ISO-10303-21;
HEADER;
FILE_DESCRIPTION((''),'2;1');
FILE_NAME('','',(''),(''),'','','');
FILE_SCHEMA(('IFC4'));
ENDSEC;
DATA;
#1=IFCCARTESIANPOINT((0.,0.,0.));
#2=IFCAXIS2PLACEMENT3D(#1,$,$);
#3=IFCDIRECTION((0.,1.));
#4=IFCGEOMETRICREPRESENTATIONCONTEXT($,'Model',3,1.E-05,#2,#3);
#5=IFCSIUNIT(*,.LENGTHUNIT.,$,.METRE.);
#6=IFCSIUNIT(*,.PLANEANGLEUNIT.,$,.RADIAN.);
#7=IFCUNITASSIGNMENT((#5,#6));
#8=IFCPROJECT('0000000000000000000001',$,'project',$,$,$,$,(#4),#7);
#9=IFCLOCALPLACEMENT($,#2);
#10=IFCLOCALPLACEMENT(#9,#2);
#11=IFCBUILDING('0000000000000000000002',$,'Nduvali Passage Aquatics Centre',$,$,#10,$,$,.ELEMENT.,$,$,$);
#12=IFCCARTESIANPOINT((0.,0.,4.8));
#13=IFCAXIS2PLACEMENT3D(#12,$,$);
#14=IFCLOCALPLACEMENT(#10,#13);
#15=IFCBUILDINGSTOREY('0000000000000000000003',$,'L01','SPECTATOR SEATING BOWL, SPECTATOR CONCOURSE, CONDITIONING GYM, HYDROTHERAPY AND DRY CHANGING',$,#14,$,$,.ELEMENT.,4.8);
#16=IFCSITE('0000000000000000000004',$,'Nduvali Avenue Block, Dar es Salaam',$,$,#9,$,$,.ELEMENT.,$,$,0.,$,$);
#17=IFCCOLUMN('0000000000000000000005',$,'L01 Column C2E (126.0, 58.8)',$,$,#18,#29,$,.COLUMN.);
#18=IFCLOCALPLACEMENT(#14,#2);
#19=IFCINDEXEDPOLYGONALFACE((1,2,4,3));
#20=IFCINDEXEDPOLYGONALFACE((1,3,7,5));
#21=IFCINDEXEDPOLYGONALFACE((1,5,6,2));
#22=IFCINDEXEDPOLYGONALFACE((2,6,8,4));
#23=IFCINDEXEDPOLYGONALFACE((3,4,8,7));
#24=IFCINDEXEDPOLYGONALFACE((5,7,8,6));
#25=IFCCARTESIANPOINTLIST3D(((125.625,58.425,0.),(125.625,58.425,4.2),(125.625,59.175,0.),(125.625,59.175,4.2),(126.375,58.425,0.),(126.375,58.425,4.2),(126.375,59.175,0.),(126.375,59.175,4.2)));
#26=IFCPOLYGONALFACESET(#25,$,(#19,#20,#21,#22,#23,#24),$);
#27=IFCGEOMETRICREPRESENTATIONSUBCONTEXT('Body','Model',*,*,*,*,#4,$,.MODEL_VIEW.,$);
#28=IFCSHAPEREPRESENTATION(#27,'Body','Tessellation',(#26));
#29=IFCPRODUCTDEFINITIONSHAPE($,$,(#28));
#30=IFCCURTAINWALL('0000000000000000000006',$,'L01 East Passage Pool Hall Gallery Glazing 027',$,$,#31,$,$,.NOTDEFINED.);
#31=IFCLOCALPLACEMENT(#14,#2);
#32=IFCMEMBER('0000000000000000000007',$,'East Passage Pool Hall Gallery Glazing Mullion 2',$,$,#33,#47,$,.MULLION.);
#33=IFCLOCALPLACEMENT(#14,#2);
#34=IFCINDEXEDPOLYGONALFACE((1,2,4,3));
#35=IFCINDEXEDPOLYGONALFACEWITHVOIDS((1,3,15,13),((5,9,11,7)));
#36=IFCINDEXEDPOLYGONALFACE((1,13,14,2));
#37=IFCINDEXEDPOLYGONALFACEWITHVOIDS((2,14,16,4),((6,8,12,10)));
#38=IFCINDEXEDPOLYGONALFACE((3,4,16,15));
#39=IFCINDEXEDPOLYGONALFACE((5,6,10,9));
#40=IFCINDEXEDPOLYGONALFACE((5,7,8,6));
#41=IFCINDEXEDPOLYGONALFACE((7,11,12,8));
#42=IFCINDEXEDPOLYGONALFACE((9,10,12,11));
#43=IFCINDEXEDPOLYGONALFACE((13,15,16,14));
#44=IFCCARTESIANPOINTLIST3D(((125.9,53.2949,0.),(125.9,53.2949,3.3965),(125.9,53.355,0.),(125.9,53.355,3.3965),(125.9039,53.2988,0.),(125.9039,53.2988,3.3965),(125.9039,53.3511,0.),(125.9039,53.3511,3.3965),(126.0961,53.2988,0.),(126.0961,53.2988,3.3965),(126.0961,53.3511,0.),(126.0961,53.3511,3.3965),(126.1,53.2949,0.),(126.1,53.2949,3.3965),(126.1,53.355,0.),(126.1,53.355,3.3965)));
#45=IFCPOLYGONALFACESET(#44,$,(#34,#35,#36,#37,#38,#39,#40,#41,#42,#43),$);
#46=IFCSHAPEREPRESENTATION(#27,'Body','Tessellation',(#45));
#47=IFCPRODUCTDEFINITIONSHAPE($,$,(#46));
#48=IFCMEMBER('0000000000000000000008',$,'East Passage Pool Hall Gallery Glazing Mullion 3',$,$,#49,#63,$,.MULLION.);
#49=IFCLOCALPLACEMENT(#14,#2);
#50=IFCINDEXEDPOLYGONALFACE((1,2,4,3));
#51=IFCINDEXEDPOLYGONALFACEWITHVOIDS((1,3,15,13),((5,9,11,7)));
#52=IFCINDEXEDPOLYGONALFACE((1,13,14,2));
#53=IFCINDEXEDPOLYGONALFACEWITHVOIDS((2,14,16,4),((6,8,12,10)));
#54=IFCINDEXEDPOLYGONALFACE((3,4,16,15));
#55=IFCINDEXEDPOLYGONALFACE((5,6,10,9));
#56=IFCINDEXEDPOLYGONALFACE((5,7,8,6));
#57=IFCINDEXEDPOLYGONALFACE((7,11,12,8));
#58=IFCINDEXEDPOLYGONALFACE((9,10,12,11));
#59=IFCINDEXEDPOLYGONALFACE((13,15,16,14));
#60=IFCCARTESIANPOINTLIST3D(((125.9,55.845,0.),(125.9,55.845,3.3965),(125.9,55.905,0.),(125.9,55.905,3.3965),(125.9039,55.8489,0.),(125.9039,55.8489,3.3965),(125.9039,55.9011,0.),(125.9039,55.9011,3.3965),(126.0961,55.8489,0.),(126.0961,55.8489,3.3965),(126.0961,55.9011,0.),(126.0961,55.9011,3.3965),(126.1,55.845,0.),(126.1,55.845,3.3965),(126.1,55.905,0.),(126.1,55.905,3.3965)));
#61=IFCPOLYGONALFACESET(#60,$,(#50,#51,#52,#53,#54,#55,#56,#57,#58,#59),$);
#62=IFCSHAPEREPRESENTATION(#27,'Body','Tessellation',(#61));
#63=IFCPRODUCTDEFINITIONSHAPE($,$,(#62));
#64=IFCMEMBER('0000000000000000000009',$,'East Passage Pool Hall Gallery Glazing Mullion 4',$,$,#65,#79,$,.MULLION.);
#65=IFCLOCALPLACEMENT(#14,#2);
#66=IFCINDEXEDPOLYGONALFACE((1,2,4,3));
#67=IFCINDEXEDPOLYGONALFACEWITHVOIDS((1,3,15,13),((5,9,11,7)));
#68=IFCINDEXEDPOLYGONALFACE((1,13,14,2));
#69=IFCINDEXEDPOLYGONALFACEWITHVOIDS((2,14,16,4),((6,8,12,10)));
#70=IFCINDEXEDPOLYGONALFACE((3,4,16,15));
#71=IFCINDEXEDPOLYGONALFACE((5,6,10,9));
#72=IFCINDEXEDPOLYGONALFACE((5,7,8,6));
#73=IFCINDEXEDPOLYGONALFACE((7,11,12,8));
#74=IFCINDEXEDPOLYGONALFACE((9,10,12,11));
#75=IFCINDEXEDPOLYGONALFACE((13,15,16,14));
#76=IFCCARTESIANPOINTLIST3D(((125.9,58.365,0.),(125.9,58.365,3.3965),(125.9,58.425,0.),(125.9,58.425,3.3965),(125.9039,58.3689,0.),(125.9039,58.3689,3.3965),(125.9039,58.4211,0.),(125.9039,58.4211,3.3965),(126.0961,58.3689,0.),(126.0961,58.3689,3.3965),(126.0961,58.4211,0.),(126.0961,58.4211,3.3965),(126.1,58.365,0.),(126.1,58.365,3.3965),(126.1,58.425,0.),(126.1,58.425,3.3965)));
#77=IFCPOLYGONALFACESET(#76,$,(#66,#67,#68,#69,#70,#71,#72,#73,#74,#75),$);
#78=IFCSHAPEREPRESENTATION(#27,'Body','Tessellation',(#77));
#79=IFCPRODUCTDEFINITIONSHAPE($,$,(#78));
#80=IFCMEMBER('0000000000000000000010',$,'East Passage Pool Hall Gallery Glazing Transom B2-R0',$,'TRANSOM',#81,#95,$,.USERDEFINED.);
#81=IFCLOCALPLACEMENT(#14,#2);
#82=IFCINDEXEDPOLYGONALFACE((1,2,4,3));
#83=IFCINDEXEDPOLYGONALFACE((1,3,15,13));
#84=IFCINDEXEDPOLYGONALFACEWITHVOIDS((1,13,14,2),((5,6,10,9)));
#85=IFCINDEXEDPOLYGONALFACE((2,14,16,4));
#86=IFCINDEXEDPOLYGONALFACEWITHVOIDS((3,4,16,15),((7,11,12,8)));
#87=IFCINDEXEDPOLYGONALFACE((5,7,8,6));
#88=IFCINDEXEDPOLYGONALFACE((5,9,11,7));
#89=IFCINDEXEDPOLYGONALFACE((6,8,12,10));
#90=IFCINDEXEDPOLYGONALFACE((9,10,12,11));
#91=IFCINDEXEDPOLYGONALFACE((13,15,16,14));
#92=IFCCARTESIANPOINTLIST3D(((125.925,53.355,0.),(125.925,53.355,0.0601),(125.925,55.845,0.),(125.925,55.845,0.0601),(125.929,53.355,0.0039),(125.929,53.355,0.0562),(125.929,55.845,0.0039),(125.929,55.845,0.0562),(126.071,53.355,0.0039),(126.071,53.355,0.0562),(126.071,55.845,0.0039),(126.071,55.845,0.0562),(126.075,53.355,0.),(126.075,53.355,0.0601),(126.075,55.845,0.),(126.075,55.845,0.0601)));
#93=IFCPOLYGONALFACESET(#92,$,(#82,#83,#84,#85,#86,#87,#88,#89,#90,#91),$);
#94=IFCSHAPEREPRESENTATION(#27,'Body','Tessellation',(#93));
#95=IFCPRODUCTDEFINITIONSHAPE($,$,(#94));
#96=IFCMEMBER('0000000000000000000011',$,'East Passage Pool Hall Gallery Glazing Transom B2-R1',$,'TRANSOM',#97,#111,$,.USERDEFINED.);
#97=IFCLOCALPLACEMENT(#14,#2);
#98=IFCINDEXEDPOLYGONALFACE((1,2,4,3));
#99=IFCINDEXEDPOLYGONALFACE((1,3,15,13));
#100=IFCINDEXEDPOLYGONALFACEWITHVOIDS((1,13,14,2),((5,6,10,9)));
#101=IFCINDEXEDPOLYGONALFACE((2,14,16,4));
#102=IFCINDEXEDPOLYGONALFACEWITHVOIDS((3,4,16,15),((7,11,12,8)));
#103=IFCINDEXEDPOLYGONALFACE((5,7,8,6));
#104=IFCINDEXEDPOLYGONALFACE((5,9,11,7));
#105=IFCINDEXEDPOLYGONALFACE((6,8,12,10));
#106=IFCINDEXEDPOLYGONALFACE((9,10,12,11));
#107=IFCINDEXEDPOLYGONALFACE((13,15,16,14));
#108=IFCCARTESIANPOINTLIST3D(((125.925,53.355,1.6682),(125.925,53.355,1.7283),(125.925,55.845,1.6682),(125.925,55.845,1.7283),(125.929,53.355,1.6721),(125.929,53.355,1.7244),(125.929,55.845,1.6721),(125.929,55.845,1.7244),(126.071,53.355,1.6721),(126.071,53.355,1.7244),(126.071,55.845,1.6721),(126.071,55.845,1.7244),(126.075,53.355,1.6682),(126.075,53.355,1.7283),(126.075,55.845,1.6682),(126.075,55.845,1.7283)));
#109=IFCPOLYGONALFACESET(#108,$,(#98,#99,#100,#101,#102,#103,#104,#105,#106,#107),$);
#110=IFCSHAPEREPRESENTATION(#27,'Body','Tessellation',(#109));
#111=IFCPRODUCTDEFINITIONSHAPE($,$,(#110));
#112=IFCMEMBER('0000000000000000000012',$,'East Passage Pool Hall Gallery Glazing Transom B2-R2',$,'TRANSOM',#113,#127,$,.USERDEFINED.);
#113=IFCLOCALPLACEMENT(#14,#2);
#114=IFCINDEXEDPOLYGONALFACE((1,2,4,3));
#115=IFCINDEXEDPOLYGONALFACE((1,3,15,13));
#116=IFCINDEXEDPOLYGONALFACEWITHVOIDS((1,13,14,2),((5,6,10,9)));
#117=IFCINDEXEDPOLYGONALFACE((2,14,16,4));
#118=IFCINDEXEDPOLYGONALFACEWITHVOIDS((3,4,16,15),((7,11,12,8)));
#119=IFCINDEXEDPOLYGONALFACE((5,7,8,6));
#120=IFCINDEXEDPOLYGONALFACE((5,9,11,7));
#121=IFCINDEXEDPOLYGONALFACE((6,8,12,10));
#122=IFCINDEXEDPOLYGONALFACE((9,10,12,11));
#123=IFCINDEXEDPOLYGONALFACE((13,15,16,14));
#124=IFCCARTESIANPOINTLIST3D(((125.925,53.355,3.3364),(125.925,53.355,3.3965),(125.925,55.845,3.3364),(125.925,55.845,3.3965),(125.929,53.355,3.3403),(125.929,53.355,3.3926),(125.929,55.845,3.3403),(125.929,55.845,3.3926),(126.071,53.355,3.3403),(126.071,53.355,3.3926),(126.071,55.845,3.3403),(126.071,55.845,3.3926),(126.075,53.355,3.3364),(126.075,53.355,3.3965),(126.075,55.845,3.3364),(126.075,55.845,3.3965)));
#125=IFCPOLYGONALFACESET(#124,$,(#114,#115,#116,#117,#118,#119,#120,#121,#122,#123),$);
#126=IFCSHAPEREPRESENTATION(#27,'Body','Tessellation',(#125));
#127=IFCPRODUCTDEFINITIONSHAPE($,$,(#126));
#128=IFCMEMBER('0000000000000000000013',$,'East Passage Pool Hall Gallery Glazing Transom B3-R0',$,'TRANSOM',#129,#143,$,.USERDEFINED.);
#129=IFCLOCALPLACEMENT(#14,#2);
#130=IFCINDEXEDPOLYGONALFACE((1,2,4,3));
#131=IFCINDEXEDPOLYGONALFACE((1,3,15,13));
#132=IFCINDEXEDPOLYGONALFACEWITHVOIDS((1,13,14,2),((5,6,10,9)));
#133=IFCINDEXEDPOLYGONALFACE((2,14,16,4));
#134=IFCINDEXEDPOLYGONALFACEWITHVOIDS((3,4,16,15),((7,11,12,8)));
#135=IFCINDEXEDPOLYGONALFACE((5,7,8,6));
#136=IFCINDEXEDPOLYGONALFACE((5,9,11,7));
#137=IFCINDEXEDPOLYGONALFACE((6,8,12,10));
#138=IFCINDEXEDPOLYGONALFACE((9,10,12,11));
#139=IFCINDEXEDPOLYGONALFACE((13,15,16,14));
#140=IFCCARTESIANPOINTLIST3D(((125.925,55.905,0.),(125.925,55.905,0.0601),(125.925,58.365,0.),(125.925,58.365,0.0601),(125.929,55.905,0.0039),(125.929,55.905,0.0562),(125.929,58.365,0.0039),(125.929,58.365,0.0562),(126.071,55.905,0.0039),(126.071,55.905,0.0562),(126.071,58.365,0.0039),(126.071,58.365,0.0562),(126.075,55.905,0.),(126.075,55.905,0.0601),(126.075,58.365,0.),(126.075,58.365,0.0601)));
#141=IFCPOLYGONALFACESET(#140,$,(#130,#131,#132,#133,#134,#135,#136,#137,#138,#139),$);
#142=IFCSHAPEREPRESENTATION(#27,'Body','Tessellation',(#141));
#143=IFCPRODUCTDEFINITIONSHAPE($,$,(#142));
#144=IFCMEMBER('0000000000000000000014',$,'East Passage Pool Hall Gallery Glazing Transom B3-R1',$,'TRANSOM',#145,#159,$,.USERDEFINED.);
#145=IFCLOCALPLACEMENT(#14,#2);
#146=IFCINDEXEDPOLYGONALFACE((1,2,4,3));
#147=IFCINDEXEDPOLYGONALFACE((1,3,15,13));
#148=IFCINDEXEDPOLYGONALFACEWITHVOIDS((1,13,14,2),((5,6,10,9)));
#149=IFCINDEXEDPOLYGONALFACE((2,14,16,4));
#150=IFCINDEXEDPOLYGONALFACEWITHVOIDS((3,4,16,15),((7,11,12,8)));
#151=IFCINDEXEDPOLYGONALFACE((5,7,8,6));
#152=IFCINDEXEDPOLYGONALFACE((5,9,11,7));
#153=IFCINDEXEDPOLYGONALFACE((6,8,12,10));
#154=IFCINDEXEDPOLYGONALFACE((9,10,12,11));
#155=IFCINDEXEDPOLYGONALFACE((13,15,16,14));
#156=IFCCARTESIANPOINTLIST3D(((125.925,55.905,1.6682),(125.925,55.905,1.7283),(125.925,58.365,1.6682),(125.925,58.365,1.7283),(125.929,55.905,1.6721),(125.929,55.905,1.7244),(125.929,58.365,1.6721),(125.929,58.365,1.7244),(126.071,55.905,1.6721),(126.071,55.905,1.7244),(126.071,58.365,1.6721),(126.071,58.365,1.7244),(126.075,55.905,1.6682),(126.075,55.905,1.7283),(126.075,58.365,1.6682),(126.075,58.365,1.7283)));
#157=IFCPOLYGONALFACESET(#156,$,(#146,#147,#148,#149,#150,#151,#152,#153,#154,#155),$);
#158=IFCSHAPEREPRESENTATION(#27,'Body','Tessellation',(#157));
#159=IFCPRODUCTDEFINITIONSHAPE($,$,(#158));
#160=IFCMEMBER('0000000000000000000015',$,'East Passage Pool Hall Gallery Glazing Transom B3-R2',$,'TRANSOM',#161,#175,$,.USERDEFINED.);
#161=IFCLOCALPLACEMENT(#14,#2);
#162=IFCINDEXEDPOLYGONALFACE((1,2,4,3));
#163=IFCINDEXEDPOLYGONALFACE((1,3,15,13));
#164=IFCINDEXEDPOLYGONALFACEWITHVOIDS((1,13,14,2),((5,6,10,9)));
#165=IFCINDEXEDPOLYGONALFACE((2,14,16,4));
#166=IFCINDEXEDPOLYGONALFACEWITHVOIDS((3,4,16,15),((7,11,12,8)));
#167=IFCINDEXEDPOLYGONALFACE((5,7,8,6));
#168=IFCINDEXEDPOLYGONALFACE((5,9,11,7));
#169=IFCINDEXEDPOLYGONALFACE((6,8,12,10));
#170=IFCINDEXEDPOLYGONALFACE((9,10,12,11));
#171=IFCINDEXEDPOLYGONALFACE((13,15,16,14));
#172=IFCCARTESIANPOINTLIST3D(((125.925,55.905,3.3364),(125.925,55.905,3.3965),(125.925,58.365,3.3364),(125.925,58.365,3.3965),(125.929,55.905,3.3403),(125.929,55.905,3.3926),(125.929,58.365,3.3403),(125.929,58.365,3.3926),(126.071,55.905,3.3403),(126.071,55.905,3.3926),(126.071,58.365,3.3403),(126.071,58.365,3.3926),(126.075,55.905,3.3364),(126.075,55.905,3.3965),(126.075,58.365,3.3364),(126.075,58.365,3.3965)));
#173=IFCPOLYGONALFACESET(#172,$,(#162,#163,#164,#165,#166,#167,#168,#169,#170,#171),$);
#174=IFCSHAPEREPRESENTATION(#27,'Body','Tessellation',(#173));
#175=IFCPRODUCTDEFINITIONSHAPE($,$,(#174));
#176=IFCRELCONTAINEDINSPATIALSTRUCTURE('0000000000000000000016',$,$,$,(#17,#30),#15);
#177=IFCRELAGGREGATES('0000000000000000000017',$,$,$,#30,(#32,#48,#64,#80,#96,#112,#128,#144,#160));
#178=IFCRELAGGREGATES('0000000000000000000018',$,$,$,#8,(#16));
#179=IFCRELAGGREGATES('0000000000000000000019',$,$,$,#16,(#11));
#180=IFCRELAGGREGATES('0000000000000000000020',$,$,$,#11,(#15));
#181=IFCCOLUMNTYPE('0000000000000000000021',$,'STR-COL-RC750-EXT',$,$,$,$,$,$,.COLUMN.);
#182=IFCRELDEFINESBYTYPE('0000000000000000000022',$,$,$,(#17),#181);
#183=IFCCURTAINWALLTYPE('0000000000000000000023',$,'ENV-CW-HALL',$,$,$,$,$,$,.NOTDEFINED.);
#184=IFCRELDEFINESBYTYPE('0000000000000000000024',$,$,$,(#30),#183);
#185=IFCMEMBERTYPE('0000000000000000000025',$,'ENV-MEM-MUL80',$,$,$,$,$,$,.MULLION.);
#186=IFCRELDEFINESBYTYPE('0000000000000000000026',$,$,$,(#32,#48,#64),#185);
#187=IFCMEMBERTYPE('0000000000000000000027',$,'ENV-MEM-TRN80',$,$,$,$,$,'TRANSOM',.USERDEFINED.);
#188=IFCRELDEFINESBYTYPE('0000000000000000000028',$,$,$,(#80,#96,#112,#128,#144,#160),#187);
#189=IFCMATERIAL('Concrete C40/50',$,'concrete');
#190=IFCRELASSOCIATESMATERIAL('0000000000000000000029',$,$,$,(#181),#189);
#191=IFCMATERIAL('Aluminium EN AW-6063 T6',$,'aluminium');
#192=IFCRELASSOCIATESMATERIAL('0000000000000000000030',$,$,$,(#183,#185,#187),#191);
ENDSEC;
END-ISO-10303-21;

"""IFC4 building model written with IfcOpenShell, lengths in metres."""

from ifc_helpers import new_model, si_unit, direction, frame, origin, origin_2d, place, context, subcontext, project, spatial, rectangle, hollow_rectangle, extrude, material, material_profile, profile_set, type_object, element, aggregate, save


model = new_model("IFC4")

# Units and contexts
model_context = context("Model", 3, precision=1e-05, world=origin(), true_north=direction((0.0, 1.0)))
body_context = subcontext(model_context, "Body", "Model", "MODEL_VIEW")
ifc_project = project(units=[si_unit("LENGTHUNIT", "METRE"), si_unit("PLANEANGLEUNIT", "RADIAN")], contexts=[model_context])

# Site, building, storey
site_placement = place(None, origin())
site = spatial("IfcSite", under=ifc_project, at=site_placement, Name="Nduvali Avenue Block, Dar es Salaam", CompositionType="ELEMENT", RefElevation=0.0)
building_placement = place(site_placement, origin())
building = spatial("IfcBuilding", under=site, at=building_placement, Name="Nduvali Passage Aquatics Centre", CompositionType="ELEMENT")
storey_placement = place(building_placement, frame((0.0, 0.0, 4.8)))
storey = spatial("IfcBuildingStorey", under=building, at=storey_placement, Name="L01", Description="SPECTATOR SEATING BOWL, SPECTATOR CONCOURSE, CONDITIONING GYM, HYDROTHERAPY AND DRY CHANGING", CompositionType="ELEMENT", Elevation=4.8)

# Column
ifc_material_1 = material(Name="Concrete C40/50", Category="concrete")
ifc_material_profile_1 = material_profile(ifc_material_1, rectangle(XDim=0.75, YDim=0.75, at=origin_2d()), Name="RC 750x750")
ifc_profile_set_1 = profile_set([ifc_material_profile_1], Name="Concrete C40/50")
column_type = type_object("IfcColumnType", Name="STR-COL-RC750-EXT", PredefinedType="COLUMN", material=ifc_profile_set_1)
column_placement = place(storey_placement, frame((126.0, 58.8, 0.0), z_axis=(0.0, 0.0, 1.0), x_axis=(1.0, 0.0, 0.0)))
element("IfcColumn", 1, at=column_placement, inside=storey, type_object=column_type, Name="L01 Column C2E (126.0, 58.8)", PredefinedType="COLUMN", context=body_context, shape_type="SweptSolid", body=[
    extrude(rectangle(XDim=0.75, YDim=0.75, at=origin_2d()), origin(), (0.0, 0.0, 1.0), 4.2),
])

# Curtain wall, members
ifc_material_2 = material(Name="Aluminium EN AW-6063 T6", Category="aluminium")
curtain_wall_type = type_object("IfcCurtainWallType", Name="ENV-CW-HALL", PredefinedType="NOTDEFINED", material=ifc_material_2)
curtain_wall_placement = place(storey_placement, origin())
curtain_wall = element("IfcCurtainWall", 2, at=curtain_wall_placement, inside=storey, type_object=curtain_wall_type, Name="L01 East Passage Pool Hall Gallery Glazing 027", PredefinedType="NOTDEFINED")
ifc_material_profile_2 = material_profile(ifc_material_2, hollow_rectangle(XDim=0.0601, YDim=0.2, WallThickness=0.0039, at=origin_2d()), Name="ALU MULLION 60x200x4")
ifc_profile_set_2 = profile_set([ifc_material_profile_2], Name="Aluminium EN AW-6063 T6")
member_type_1 = type_object("IfcMemberType", Name="ENV-MEM-MUL80", PredefinedType="MULLION", material=ifc_profile_set_2)
member_1_placement = place(storey_placement, frame((126.0, 53.325, 0.0), z_axis=(0.0, 0.0, 1.0), x_axis=(0.0, 1.0, 0.0)))
member_1 = element("IfcMember", 3, at=member_1_placement, type_object=member_type_1, Name="East Passage Pool Hall Gallery Glazing Mullion 2", PredefinedType="MULLION", context=body_context, shape_type="SweptSolid", body=[
    extrude(hollow_rectangle(XDim=0.0601, YDim=0.2, WallThickness=0.0039, at=origin_2d()), origin(), (0.0, 0.0, 1.0), 3.3965),
])
member_2_placement = place(storey_placement, frame((126.0, 55.875, 0.0), z_axis=(0.0, 0.0, 1.0), x_axis=(0.0, 1.0, 0.0)))
member_2 = element("IfcMember", 4, at=member_2_placement, type_object=member_type_1, Name="East Passage Pool Hall Gallery Glazing Mullion 3", PredefinedType="MULLION", context=body_context, shape_type="SweptSolid", body=[
    extrude(hollow_rectangle(XDim=0.0601, YDim=0.2, WallThickness=0.0039, at=origin_2d()), origin(), (0.0, 0.0, 1.0), 3.3965),
])
member_3_placement = place(storey_placement, frame((126.0, 58.395, 0.0), z_axis=(0.0, 0.0, 1.0), x_axis=(0.0, 1.0, 0.0)))
member_3 = element("IfcMember", 5, at=member_3_placement, type_object=member_type_1, Name="East Passage Pool Hall Gallery Glazing Mullion 4", PredefinedType="MULLION", context=body_context, shape_type="SweptSolid", body=[
    extrude(hollow_rectangle(XDim=0.0601, YDim=0.2, WallThickness=0.0039, at=origin_2d()), origin(), (0.0, 0.0, 1.0), 3.3965),
])
ifc_material_profile_3 = material_profile(ifc_material_2, hollow_rectangle(XDim=0.1499, YDim=0.0601, WallThickness=0.0039, at=origin_2d()), Name="ALU TRANSOM 150x60x4")
ifc_profile_set_3 = profile_set([ifc_material_profile_3], Name="Aluminium EN AW-6063 T6")
member_type_2 = type_object("IfcMemberType", Name="ENV-MEM-TRN80", ElementType="TRANSOM", PredefinedType="USERDEFINED", material=ifc_profile_set_3)
member_4_placement = place(storey_placement, frame((126.0, 53.355, 0.03), z_axis=(0.0, 1.0, 0.0), x_axis=(-1.0, 0.0, 0.0)))
member_4 = element("IfcMember", 6, at=member_4_placement, type_object=member_type_2, Name="East Passage Pool Hall Gallery Glazing Transom B2-R0", ObjectType="TRANSOM", PredefinedType="USERDEFINED", context=body_context, shape_type="SweptSolid", body=[
    extrude(hollow_rectangle(XDim=0.1499, YDim=0.0601, WallThickness=0.0039, at=origin_2d()), origin(), (0.0, 0.0, 1.0), 2.49),
])
member_5_placement = place(storey_placement, frame((126.0, 53.355, 1.6982), z_axis=(0.0, 1.0, 0.0), x_axis=(-1.0, 0.0, 0.0)))
member_5 = element("IfcMember", 7, at=member_5_placement, type_object=member_type_2, Name="East Passage Pool Hall Gallery Glazing Transom B2-R1", ObjectType="TRANSOM", PredefinedType="USERDEFINED", context=body_context, shape_type="SweptSolid", body=[
    extrude(hollow_rectangle(XDim=0.1499, YDim=0.0601, WallThickness=0.0039, at=origin_2d()), origin(), (0.0, 0.0, 1.0), 2.49),
])
member_6_placement = place(storey_placement, frame((126.0, 53.355, 3.3665), z_axis=(0.0, 1.0, 0.0), x_axis=(-1.0, 0.0, 0.0)))
member_6 = element("IfcMember", 8, at=member_6_placement, type_object=member_type_2, Name="East Passage Pool Hall Gallery Glazing Transom B2-R2", ObjectType="TRANSOM", PredefinedType="USERDEFINED", context=body_context, shape_type="SweptSolid", body=[
    extrude(hollow_rectangle(XDim=0.1499, YDim=0.0601, WallThickness=0.0039, at=origin_2d()), origin(), (0.0, 0.0, 1.0), 2.49),
])
member_7_placement = place(storey_placement, frame((126.0, 55.905, 0.03), z_axis=(0.0, 1.0, 0.0), x_axis=(-1.0, 0.0, 0.0)))
member_7 = element("IfcMember", 9, at=member_7_placement, type_object=member_type_2, Name="East Passage Pool Hall Gallery Glazing Transom B3-R0", ObjectType="TRANSOM", PredefinedType="USERDEFINED", context=body_context, shape_type="SweptSolid", body=[
    extrude(hollow_rectangle(XDim=0.1499, YDim=0.0601, WallThickness=0.0039, at=origin_2d()), origin(), (0.0, 0.0, 1.0), 2.46),
])
member_8_placement = place(storey_placement, frame((126.0, 55.905, 1.6982), z_axis=(0.0, 1.0, 0.0), x_axis=(-1.0, 0.0, 0.0)))
member_8 = element("IfcMember", 10, at=member_8_placement, type_object=member_type_2, Name="East Passage Pool Hall Gallery Glazing Transom B3-R1", ObjectType="TRANSOM", PredefinedType="USERDEFINED", context=body_context, shape_type="SweptSolid", body=[
    extrude(hollow_rectangle(XDim=0.1499, YDim=0.0601, WallThickness=0.0039, at=origin_2d()), origin(), (0.0, 0.0, 1.0), 2.46),
])
member_9_placement = place(storey_placement, frame((126.0, 55.905, 3.3665), z_axis=(0.0, 1.0, 0.0), x_axis=(-1.0, 0.0, 0.0)))
member_9 = element("IfcMember", 11, at=member_9_placement, type_object=member_type_2, Name="East Passage Pool Hall Gallery Glazing Transom B3-R2", ObjectType="TRANSOM", PredefinedType="USERDEFINED", context=body_context, shape_type="SweptSolid", body=[
    extrude(hollow_rectangle(XDim=0.1499, YDim=0.0601, WallThickness=0.0039, at=origin_2d()), origin(), (0.0, 0.0, 1.0), 2.46),
])

aggregate(curtain_wall, [member_1, member_2, member_3, member_4, member_5, member_6, member_7, member_8, member_9])

save(model, "model.ifc")
